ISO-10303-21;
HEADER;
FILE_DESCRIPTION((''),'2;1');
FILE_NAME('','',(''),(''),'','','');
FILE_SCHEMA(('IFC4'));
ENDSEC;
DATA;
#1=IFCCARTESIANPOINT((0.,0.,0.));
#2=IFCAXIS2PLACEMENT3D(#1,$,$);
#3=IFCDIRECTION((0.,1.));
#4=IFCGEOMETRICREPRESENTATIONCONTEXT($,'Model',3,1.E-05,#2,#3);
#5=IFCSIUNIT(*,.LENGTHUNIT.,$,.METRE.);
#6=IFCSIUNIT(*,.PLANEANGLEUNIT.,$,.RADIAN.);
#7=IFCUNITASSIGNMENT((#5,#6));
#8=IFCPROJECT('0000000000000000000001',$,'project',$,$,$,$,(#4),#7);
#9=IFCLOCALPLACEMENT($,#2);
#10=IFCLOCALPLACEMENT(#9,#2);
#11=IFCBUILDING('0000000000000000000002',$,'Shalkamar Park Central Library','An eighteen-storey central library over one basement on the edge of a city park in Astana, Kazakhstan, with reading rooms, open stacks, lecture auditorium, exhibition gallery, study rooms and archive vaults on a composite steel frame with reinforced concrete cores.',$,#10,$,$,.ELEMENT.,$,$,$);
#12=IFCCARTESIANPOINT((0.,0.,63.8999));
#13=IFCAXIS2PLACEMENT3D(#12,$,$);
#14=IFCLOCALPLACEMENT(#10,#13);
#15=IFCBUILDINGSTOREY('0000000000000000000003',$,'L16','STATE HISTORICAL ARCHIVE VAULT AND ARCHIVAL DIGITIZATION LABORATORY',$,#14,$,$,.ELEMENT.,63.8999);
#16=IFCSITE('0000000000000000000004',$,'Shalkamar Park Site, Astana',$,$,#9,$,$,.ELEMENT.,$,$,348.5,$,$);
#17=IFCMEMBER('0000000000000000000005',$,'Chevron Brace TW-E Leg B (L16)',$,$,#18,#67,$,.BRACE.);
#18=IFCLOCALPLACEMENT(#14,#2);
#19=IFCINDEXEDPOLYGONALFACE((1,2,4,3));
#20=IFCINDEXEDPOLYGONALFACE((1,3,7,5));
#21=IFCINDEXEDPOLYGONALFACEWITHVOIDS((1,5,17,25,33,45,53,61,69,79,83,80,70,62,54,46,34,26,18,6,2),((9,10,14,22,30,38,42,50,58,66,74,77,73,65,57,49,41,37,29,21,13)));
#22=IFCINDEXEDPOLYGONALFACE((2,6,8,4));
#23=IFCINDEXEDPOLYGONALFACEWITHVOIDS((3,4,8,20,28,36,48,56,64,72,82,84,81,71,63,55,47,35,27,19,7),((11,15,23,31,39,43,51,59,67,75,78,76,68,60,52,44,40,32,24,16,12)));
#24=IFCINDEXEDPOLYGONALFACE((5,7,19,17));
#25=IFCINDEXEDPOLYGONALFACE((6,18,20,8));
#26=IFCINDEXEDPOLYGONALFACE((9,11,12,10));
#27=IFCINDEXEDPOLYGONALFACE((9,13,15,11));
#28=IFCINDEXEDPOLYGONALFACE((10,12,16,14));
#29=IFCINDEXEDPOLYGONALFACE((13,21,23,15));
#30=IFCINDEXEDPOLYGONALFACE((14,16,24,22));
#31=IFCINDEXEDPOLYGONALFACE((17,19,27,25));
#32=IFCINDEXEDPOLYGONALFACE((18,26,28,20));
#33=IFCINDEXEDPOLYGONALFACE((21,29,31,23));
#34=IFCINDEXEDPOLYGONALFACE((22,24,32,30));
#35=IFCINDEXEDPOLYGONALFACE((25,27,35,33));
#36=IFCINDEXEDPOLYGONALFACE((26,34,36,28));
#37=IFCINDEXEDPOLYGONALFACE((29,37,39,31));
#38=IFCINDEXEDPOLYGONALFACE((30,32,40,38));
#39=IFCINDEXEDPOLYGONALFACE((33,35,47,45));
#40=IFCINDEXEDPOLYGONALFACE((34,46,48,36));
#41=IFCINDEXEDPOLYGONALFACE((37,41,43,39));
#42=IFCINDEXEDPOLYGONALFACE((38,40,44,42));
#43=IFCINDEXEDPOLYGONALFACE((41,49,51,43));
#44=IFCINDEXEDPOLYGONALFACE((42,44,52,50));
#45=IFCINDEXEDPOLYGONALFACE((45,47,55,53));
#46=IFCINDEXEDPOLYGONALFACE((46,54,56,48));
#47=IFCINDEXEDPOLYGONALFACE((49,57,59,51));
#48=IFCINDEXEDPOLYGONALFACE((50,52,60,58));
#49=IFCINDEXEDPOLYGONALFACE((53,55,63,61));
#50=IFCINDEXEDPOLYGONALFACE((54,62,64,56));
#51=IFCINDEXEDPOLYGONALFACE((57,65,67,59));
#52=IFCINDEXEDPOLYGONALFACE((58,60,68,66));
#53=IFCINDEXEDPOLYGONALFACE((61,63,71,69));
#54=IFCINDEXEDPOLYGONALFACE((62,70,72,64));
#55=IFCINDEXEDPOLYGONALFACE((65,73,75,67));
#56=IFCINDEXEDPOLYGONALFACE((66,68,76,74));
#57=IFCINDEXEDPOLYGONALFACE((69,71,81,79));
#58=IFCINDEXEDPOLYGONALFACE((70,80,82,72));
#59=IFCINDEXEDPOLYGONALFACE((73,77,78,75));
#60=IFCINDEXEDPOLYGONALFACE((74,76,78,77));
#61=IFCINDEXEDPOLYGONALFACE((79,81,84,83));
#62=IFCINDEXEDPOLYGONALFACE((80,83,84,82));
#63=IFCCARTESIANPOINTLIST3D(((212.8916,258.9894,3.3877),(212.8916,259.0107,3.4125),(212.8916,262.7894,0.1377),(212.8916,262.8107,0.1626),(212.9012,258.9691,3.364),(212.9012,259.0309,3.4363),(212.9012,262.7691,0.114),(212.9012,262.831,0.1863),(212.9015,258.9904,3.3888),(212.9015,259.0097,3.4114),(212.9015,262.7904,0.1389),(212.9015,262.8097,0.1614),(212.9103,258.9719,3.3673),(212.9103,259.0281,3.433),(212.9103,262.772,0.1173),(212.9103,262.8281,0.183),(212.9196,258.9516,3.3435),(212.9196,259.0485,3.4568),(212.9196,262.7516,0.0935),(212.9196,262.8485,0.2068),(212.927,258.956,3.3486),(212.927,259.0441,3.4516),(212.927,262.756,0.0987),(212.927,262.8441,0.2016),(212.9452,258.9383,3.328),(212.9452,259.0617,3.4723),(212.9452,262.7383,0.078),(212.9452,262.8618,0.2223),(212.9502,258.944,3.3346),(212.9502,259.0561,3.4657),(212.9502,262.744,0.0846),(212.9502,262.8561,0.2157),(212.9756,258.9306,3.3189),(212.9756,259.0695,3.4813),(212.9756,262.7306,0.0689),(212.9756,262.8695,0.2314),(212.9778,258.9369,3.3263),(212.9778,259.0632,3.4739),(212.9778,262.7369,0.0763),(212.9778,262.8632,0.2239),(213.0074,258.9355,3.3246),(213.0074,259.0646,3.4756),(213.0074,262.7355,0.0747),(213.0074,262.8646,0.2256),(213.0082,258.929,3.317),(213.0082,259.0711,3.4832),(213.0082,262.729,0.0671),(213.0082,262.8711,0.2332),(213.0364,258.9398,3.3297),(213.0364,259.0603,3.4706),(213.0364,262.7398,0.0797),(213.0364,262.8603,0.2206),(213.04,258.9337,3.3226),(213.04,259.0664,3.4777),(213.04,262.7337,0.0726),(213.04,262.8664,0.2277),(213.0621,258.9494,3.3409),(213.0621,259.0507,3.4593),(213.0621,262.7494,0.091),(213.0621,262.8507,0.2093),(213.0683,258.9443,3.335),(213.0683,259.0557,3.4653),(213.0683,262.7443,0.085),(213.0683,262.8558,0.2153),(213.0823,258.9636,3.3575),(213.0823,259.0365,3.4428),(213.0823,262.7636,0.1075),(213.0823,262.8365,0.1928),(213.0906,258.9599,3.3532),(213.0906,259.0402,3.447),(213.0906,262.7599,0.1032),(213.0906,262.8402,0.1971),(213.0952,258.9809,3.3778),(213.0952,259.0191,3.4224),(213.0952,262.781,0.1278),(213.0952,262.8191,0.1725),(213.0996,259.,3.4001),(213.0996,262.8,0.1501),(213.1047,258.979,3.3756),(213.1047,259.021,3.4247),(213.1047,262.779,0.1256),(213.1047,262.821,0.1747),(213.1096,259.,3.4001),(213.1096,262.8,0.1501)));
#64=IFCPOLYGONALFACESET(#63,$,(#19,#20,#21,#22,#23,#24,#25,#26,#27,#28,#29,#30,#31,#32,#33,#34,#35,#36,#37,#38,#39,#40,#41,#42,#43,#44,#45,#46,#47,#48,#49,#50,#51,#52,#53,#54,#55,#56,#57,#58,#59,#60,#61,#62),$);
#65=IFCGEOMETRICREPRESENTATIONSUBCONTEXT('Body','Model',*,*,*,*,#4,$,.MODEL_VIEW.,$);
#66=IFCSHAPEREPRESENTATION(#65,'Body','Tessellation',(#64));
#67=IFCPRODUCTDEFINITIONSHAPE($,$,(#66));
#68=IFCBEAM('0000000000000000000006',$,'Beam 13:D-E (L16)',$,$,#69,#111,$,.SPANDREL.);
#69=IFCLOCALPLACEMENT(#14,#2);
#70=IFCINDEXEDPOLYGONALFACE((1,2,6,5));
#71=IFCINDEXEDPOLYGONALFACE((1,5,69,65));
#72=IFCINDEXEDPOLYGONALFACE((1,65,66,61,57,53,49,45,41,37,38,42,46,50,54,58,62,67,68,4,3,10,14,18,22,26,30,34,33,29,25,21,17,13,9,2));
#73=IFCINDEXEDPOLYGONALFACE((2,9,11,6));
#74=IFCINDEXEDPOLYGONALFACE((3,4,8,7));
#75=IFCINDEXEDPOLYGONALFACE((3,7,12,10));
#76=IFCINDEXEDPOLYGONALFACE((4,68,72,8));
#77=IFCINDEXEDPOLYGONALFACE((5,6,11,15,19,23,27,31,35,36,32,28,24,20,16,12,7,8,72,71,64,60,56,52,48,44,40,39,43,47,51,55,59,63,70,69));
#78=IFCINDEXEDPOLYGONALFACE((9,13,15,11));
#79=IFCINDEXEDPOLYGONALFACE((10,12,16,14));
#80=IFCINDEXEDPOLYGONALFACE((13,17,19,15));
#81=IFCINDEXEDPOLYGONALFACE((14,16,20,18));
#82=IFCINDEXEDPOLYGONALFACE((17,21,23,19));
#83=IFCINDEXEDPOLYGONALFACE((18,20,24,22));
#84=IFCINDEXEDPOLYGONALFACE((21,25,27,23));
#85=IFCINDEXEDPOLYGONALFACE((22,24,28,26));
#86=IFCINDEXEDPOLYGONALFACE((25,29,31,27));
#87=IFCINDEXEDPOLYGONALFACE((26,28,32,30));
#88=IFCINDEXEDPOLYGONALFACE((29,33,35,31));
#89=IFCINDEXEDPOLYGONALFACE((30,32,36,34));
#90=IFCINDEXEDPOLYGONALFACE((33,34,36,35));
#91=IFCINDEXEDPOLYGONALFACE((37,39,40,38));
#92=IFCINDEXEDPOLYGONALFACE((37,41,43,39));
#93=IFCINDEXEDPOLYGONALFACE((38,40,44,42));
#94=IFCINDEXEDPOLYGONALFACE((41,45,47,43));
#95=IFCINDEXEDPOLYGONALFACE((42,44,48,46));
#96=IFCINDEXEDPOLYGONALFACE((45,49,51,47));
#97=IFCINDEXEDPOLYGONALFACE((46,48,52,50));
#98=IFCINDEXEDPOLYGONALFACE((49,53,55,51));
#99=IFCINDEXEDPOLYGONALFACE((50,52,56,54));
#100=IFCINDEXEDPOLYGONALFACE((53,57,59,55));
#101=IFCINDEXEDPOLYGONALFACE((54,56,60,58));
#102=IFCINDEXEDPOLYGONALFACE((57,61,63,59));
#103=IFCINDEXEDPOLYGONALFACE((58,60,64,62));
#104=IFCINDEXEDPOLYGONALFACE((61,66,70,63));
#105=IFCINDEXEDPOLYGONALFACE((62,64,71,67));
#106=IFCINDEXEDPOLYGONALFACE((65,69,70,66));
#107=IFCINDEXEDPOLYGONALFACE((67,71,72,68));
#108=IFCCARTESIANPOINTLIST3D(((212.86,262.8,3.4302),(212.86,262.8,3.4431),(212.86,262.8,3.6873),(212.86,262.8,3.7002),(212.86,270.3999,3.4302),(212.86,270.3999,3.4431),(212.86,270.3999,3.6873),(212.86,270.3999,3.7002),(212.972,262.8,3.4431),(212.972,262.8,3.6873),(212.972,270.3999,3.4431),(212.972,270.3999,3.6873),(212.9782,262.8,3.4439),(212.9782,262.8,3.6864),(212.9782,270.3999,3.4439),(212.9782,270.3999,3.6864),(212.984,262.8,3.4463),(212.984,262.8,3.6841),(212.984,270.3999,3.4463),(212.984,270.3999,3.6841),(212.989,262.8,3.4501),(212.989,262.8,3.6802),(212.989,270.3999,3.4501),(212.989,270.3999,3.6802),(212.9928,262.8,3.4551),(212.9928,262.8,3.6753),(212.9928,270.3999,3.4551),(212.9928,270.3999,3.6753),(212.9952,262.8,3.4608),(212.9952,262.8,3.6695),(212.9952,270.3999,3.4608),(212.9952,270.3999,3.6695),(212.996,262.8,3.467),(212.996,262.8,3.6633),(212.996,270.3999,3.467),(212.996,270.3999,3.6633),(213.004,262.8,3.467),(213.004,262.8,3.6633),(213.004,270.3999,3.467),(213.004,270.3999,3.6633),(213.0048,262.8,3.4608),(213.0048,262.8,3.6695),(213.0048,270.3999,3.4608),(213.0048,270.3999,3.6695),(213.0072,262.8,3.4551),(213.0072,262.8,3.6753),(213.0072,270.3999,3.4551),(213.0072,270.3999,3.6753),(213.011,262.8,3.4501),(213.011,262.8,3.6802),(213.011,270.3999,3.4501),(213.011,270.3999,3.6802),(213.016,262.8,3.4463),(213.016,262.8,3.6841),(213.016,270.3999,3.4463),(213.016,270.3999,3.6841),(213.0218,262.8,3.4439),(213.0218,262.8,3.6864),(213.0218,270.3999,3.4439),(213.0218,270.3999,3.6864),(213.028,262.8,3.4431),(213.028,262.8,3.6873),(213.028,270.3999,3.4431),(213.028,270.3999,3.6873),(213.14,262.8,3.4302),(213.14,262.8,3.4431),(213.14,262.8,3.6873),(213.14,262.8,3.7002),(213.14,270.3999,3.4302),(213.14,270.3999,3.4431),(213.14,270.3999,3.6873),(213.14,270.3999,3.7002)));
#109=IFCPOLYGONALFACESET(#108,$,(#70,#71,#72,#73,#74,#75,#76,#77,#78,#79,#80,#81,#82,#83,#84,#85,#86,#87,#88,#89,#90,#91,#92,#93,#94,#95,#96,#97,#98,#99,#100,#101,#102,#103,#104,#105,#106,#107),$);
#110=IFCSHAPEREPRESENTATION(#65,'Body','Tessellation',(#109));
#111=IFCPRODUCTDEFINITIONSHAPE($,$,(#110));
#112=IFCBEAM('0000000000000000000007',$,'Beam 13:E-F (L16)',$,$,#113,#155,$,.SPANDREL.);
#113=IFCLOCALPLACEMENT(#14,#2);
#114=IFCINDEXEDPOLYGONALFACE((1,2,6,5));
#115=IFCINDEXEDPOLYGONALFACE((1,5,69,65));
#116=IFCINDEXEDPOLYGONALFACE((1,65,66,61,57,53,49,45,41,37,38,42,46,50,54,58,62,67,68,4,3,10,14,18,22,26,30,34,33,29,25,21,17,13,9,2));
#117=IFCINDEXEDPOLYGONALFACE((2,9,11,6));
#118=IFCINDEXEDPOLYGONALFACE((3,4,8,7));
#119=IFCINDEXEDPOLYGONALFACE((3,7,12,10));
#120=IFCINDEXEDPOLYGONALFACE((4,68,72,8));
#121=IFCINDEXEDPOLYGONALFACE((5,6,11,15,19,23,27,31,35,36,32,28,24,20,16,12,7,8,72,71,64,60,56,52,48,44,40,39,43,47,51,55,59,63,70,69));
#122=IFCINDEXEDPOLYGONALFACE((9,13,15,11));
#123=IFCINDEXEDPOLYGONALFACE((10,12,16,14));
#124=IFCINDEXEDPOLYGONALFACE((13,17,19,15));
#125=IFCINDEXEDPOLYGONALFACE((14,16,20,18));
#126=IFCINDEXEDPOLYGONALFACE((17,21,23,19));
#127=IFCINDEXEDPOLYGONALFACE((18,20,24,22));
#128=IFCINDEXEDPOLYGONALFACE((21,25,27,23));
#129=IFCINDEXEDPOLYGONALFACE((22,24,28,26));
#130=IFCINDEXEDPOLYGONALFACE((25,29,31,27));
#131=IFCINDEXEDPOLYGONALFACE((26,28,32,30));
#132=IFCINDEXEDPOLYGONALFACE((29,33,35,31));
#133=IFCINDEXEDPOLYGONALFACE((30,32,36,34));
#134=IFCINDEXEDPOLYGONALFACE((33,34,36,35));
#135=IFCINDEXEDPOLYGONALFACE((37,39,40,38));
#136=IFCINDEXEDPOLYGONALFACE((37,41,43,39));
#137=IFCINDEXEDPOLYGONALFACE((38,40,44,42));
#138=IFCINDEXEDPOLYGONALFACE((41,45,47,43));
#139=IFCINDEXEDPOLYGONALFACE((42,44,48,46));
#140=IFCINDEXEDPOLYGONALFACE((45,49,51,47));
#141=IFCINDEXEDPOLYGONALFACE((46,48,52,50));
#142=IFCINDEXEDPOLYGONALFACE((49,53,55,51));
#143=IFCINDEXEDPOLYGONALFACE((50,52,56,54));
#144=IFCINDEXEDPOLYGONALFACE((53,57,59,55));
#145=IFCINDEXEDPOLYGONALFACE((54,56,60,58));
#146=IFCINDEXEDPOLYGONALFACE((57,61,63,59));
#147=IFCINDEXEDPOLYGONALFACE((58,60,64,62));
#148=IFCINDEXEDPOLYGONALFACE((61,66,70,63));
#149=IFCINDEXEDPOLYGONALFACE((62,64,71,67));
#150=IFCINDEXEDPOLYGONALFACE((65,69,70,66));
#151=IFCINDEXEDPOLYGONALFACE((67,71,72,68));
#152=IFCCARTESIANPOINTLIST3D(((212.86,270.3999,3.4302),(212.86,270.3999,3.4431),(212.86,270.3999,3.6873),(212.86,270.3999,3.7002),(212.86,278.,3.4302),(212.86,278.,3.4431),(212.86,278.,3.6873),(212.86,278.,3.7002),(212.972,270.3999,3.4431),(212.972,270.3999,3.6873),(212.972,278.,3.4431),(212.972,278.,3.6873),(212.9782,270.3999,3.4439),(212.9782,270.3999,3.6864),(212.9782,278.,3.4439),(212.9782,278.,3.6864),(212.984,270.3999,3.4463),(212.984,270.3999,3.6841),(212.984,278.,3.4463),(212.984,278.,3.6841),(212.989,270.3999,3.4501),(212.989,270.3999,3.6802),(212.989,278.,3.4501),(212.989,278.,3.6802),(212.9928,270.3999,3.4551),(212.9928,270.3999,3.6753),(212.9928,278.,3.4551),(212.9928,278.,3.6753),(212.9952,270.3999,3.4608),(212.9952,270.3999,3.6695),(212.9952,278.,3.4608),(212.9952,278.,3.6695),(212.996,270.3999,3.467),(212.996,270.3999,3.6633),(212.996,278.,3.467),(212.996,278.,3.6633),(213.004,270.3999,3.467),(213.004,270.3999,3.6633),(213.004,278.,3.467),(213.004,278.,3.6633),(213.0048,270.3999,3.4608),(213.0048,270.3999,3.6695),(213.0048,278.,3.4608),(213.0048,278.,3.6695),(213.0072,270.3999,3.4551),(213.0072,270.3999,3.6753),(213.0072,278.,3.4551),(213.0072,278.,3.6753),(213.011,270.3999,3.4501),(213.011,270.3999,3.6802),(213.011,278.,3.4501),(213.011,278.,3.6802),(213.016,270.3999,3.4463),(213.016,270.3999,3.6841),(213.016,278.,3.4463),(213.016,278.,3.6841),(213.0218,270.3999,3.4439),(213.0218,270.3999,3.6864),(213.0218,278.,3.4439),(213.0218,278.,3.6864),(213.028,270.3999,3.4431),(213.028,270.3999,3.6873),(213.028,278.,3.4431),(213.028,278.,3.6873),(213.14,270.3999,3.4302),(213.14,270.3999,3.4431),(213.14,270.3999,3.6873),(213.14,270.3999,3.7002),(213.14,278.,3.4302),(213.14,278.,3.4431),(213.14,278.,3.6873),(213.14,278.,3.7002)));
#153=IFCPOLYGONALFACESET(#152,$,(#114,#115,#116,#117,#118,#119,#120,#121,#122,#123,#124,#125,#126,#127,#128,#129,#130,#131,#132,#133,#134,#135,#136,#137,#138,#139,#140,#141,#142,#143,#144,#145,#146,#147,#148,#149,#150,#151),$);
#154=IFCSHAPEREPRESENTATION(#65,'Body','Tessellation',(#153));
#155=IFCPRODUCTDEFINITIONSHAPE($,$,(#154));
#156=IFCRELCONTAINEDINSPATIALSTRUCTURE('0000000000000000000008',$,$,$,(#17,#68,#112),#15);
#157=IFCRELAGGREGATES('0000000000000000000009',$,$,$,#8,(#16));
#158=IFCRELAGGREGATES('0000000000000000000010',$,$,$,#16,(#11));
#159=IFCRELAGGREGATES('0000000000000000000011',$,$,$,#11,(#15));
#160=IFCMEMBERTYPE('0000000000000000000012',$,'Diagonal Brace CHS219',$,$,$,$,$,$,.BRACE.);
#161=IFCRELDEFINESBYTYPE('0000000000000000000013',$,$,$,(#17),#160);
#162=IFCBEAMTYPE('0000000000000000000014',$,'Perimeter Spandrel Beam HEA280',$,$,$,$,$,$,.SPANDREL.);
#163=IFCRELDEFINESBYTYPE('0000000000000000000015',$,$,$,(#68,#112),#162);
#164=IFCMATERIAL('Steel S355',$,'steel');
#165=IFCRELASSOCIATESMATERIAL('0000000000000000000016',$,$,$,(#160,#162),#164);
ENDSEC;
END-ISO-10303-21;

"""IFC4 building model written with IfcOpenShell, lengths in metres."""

from ifc_helpers import new_model, si_unit, direction, frame, origin, origin_2d, place, context, subcontext, project, spatial, hollow_circle, i_section, extrude, material, material_profile, profile_set, type_object, element, save


model = new_model("IFC4")

# Units and contexts
model_context = context("Model", 3, precision=1e-05, world=origin(), true_north=direction((0.0, 1.0)))
body_context = subcontext(model_context, "Body", "Model", "MODEL_VIEW")
ifc_project = project(units=[si_unit("LENGTHUNIT", "METRE"), si_unit("PLANEANGLEUNIT", "RADIAN")], contexts=[model_context])

# Site, building, storey
site_placement = place(None, origin())
site = spatial("IfcSite", under=ifc_project, at=site_placement, Name="Shalkamar Park Site, Astana", CompositionType="ELEMENT", RefElevation=348.5)
building_placement = place(site_placement, origin())
building = spatial("IfcBuilding", under=site, at=building_placement, Name="Shalkamar Park Central Library", Description="An eighteen-storey central library over one basement on the edge of a city park in Astana, Kazakhstan, with reading rooms, open stacks, lecture auditorium, exhibition gallery, study rooms and archive vaults on a composite steel frame with reinforced concrete cores.", CompositionType="ELEMENT")
storey_placement = place(building_placement, frame((0.0, 0.0, 63.8999)))
storey = spatial("IfcBuildingStorey", under=building, at=storey_placement, Name="L16", Description="STATE HISTORICAL ARCHIVE VAULT AND ARCHIVAL DIGITIZATION LABORATORY", CompositionType="ELEMENT", Elevation=63.8999)

# Shared definitions
ifc_material_1 = material(Name="Steel S355", Category="steel")

# Member
ifc_material_profile_1 = material_profile(ifc_material_1, hollow_circle(Radius=0.1096, WallThickness=0.01, at=origin_2d()), Name="CHS 219.1x10")
ifc_profile_set_1 = profile_set([ifc_material_profile_1], Name="Steel S355")
member_type = type_object("IfcMemberType", Name="Diagonal Brace CHS219", PredefinedType="BRACE", material=ifc_profile_set_1)
member_placement = place(storey_placement, frame((213.0, 262.8, 0.1501), z_axis=(0.0, -0.759966, 0.649963), x_axis=(1.0, 0.0, 0.0)))
element("IfcMember", 1, at=member_placement, inside=storey, type_object=member_type, Name="Chevron Brace TW-E Leg B (L16)", PredefinedType="BRACE", context=body_context, shape_type="SweptSolid", body=[
    extrude(hollow_circle(Radius=0.1096, WallThickness=0.01, at=origin_2d()), origin(), (0.0, 0.0, 1.0), 5.0002),
])

# Beams
ifc_material_profile_2 = material_profile(ifc_material_1, i_section(OverallWidth=0.28, OverallDepth=0.27, WebThickness=0.0081, FlangeThickness=0.0129, FilletRadius=0.0239, at=origin_2d()), Name="HEA 280")
ifc_profile_set_2 = profile_set([ifc_material_profile_2], Name="Steel S355")
beam_type_1 = type_object("IfcBeamType", Name="Perimeter Spandrel Beam HEA280", PredefinedType="SPANDREL", material=ifc_profile_set_2)
beam_1_placement = place(storey_placement, frame((213.0, 262.8, 3.5652), z_axis=(0.0, 1.0, 0.0), x_axis=(-1.0, 0.0, 0.0)))
element("IfcBeam", 2, at=beam_1_placement, inside=storey, type_object=beam_type_1, Name="Beam 13:D-E (L16)", PredefinedType="SPANDREL", context=body_context, shape_type="SweptSolid", body=[
    extrude(i_section(OverallWidth=0.28, OverallDepth=0.27, WebThickness=0.0081, FlangeThickness=0.0129, FilletRadius=0.0239, at=origin_2d()), origin(), (0.0, 0.0, 1.0), 7.5999),
])
beam_2_placement = place(storey_placement, frame((213.0, 270.3999, 3.5652), z_axis=(0.0, 1.0, 0.0), x_axis=(-1.0, 0.0, 0.0)))
element("IfcBeam", 3, at=beam_2_placement, inside=storey, type_object=beam_type_1, Name="Beam 13:E-F (L16)", PredefinedType="SPANDREL", context=body_context, shape_type="SweptSolid", body=[
    extrude(i_section(OverallWidth=0.28, OverallDepth=0.27, WebThickness=0.0081, FlangeThickness=0.0129, FilletRadius=0.0239, at=origin_2d()), origin(), (0.0, 0.0, 1.0), 7.6001),
])

save(model, "model.ifc")
